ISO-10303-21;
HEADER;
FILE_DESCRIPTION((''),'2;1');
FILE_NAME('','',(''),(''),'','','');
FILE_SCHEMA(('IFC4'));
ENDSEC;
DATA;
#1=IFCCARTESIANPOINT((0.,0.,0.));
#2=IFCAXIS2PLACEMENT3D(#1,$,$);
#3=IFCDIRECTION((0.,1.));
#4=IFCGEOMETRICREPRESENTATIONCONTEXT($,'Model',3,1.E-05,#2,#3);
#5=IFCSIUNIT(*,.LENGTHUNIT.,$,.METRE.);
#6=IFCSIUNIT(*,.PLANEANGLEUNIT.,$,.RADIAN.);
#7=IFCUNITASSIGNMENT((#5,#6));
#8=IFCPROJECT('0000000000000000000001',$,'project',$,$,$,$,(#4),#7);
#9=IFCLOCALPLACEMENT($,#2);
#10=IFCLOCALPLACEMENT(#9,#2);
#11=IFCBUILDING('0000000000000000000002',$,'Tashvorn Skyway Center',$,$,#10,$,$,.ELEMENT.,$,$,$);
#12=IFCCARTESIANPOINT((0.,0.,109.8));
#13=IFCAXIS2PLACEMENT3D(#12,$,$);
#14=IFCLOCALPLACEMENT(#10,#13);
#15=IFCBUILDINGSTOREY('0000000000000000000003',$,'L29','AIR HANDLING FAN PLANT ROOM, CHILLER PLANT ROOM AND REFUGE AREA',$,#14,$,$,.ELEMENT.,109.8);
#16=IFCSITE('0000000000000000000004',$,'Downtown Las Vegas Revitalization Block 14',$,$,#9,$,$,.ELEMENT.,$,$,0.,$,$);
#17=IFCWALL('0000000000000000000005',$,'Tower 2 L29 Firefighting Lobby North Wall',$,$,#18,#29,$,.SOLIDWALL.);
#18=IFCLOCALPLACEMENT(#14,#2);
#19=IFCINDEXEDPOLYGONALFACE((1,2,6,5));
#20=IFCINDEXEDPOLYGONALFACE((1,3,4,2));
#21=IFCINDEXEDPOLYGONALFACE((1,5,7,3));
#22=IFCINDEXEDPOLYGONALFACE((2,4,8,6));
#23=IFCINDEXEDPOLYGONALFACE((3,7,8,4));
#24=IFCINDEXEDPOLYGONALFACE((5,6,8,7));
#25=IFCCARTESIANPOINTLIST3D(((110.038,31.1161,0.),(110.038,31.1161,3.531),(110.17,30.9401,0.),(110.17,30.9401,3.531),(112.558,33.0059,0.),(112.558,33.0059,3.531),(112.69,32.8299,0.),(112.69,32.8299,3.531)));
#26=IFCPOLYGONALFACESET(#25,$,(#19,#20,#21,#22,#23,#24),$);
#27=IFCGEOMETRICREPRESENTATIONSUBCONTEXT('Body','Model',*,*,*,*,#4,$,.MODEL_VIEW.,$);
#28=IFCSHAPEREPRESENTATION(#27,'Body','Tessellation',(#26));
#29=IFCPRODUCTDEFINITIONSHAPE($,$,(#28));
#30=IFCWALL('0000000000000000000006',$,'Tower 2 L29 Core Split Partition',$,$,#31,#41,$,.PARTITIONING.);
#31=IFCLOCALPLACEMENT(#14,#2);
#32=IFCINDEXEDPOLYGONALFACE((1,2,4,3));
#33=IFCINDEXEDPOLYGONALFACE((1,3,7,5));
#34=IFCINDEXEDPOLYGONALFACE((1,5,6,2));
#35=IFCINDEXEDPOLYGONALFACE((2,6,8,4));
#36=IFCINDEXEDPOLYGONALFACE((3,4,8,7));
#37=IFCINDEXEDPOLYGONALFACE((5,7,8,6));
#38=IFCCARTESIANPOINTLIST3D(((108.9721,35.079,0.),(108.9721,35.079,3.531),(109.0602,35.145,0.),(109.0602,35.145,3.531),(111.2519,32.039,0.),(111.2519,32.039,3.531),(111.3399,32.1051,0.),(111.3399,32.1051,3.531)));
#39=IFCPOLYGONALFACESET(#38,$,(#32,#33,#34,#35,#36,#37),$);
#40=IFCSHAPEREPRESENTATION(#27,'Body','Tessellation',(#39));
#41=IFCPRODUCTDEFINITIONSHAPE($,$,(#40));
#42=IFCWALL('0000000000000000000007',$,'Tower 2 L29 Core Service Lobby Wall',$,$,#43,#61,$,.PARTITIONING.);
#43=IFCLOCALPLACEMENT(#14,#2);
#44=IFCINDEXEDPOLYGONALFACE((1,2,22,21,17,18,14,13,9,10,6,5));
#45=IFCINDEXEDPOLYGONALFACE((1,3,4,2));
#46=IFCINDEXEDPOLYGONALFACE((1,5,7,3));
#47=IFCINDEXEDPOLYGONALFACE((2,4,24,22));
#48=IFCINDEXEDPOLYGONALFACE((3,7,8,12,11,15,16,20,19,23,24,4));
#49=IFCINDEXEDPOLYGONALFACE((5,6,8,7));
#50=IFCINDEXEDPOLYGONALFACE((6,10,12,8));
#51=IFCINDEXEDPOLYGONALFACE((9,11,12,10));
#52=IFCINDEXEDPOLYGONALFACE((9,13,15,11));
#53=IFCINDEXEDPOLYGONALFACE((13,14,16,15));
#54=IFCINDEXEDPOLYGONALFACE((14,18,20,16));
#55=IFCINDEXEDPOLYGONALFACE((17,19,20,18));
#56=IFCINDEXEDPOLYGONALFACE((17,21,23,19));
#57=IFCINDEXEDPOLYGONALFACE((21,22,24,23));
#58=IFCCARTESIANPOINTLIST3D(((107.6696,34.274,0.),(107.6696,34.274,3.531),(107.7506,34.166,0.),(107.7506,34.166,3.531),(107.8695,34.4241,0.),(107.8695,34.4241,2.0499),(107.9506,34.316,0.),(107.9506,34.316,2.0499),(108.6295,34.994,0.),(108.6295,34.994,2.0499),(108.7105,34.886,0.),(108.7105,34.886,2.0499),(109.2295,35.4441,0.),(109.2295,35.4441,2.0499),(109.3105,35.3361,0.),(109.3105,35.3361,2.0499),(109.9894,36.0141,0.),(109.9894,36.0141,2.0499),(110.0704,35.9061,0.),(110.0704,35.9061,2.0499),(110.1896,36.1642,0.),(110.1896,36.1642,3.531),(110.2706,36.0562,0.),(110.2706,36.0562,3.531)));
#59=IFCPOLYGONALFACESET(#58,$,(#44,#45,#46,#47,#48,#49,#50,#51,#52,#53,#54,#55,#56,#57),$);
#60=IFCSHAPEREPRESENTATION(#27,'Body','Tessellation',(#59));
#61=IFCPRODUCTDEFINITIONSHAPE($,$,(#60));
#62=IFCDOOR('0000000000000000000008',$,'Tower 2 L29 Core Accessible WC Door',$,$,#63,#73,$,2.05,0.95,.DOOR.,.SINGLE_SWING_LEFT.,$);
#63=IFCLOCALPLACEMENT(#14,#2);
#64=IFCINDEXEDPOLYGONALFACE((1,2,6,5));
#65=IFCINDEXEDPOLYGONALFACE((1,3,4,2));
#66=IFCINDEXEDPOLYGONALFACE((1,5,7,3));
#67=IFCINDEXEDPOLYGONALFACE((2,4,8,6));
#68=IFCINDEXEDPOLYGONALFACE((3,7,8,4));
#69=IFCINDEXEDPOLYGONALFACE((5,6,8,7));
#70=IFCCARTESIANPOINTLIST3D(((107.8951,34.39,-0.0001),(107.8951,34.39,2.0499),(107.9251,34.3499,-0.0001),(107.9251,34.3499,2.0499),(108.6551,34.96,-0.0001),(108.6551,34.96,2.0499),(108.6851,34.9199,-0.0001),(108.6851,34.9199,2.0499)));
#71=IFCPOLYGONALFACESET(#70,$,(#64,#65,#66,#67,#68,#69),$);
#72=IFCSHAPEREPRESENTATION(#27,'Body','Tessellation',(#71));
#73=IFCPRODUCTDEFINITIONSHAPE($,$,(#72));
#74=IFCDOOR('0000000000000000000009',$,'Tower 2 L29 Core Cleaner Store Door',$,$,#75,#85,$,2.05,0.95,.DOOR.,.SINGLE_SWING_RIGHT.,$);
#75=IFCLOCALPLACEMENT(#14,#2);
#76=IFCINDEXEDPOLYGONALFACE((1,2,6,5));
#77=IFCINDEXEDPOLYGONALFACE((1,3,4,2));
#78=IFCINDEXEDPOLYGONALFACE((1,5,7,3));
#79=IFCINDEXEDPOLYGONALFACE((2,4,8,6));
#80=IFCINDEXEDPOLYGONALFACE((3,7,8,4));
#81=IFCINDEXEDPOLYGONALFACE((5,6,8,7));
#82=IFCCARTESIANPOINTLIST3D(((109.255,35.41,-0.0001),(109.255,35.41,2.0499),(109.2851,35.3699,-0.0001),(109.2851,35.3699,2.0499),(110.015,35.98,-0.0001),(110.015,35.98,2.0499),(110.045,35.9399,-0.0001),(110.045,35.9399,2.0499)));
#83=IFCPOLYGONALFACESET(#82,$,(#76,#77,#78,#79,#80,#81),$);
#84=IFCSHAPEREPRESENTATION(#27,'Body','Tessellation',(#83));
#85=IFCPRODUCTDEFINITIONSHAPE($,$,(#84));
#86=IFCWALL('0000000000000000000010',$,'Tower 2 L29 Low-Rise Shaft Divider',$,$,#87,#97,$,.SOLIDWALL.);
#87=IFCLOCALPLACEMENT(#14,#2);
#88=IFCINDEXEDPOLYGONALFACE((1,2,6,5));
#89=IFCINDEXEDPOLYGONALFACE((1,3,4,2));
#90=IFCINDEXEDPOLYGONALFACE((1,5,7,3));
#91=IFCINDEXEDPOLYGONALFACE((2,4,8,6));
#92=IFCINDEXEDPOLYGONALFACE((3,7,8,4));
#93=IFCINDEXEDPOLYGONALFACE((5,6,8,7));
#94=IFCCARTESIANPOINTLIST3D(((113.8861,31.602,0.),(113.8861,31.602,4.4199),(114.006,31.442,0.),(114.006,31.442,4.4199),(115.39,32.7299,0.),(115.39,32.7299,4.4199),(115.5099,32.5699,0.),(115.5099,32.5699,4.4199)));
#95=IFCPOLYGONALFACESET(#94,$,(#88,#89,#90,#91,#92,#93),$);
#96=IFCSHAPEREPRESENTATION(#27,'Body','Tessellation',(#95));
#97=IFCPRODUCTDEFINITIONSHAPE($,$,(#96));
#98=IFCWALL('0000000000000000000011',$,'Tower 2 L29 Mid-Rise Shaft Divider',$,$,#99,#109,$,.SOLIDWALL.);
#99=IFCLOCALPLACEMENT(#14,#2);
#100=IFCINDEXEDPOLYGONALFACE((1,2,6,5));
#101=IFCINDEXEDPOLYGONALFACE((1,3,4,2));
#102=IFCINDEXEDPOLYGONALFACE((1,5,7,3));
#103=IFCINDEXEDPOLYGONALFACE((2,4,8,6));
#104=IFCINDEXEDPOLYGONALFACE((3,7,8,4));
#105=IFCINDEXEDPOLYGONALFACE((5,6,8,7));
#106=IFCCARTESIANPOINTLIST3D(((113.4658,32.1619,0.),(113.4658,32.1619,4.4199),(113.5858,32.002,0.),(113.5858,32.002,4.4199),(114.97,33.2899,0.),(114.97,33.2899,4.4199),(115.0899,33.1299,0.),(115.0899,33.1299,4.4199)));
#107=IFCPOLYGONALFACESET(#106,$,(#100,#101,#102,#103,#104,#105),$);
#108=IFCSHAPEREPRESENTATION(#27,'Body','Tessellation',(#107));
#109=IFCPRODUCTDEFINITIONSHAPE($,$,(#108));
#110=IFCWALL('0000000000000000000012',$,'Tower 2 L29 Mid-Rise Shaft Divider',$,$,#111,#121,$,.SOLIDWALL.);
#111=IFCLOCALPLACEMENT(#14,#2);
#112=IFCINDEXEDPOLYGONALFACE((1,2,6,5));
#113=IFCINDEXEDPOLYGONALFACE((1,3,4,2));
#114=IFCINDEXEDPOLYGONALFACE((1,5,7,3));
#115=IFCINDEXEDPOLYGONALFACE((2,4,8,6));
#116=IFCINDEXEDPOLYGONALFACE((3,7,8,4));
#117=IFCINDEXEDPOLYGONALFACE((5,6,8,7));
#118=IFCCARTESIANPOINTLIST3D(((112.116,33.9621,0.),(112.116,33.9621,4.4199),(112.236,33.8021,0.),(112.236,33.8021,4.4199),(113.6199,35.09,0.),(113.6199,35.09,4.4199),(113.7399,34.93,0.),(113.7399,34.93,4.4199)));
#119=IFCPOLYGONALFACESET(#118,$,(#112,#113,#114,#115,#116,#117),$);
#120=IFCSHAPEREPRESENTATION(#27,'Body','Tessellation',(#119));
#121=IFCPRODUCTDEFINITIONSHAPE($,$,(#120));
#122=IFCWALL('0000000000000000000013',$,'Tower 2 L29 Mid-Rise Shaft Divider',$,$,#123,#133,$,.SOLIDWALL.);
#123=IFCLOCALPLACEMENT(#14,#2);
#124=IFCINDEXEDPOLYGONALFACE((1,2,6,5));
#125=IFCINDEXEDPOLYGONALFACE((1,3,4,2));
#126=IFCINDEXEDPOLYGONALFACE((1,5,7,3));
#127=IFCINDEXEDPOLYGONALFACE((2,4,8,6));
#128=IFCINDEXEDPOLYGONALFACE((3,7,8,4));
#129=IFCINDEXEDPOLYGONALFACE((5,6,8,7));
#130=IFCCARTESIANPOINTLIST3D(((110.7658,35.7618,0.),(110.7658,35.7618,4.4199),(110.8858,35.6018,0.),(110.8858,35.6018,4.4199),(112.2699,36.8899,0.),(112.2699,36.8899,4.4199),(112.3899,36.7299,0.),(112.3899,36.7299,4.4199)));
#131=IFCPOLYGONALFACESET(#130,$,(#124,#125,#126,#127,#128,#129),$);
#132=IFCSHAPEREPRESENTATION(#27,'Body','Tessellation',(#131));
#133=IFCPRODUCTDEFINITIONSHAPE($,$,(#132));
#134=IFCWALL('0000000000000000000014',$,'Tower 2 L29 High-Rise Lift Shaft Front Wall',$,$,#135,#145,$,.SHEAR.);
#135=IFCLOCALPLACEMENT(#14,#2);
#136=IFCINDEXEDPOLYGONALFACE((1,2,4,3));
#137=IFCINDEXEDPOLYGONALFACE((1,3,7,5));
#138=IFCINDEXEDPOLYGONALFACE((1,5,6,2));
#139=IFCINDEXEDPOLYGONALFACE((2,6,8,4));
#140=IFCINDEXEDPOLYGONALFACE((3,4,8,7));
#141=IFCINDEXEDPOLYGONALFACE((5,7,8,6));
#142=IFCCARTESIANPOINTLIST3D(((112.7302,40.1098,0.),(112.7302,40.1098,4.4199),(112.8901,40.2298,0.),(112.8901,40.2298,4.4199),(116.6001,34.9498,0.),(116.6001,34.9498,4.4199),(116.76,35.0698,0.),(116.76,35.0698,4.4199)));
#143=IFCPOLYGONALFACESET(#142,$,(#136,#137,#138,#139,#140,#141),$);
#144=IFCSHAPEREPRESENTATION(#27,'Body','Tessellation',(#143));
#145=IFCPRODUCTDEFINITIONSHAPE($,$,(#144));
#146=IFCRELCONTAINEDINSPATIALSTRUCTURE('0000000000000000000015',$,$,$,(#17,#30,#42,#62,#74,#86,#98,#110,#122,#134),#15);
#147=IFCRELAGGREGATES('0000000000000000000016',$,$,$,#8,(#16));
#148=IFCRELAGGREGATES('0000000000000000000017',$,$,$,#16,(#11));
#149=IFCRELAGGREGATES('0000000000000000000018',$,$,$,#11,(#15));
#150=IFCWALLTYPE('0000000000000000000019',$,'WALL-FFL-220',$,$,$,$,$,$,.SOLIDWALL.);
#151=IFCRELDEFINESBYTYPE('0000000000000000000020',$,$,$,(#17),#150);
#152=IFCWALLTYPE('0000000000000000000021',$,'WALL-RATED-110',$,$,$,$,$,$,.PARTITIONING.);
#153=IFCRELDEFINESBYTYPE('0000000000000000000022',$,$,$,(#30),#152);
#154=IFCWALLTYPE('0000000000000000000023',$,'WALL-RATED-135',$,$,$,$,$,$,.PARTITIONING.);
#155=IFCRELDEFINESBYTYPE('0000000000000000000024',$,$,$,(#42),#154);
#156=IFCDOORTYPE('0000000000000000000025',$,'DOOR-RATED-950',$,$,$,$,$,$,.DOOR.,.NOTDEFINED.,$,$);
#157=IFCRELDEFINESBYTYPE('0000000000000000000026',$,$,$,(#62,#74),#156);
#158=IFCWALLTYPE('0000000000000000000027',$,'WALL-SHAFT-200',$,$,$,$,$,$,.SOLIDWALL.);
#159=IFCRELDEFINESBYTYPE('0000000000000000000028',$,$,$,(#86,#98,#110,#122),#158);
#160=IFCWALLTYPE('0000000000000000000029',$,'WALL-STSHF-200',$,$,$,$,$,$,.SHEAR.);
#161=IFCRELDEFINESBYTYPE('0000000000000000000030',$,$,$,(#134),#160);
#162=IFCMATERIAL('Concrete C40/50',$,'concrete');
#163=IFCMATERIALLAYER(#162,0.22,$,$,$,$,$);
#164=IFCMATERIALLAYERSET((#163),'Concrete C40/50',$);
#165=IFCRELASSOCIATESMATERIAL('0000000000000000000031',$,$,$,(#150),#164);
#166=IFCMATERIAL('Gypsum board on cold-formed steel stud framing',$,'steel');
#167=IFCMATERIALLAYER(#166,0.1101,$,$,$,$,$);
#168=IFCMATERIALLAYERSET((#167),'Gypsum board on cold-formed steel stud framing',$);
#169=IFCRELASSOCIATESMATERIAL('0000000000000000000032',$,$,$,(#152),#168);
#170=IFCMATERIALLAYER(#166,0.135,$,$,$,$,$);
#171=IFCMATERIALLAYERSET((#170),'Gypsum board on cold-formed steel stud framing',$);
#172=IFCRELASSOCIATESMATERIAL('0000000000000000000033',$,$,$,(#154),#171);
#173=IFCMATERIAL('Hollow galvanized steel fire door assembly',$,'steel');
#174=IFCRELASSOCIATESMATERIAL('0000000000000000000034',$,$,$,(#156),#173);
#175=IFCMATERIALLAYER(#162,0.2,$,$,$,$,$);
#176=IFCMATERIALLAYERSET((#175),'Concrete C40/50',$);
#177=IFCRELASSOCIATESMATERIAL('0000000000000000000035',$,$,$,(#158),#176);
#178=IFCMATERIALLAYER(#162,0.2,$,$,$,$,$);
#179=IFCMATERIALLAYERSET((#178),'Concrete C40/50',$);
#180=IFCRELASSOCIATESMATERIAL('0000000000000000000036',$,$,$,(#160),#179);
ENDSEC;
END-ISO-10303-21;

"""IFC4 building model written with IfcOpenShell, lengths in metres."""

from ifc_helpers import new_model, si_unit, direction, frame, frame_2d, origin, place, context, subcontext, project, spatial, rectangle, extrude, material, layer, layer_set, type_object, element, fill, save


model = new_model("IFC4")

# Units and contexts
model_context = context("Model", 3, precision=1e-05, world=origin(), true_north=direction((0.0, 1.0)))
body_context = subcontext(model_context, "Body", "Model", "MODEL_VIEW")
ifc_project = project(units=[si_unit("LENGTHUNIT", "METRE"), si_unit("PLANEANGLEUNIT", "RADIAN")], contexts=[model_context])

# Site, building, storey
site_placement = place(None, origin())
site = spatial("IfcSite", under=ifc_project, at=site_placement, Name="Downtown Las Vegas Revitalization Block 14", CompositionType="ELEMENT", RefElevation=0.0)
building_placement = place(site_placement, origin())
building = spatial("IfcBuilding", under=site, at=building_placement, Name="Tashvorn Skyway Center", CompositionType="ELEMENT")
storey_placement = place(building_placement, frame((0.0, 0.0, 109.8)))
storey = spatial("IfcBuildingStorey", under=building, at=storey_placement, Name="L29", Description="AIR HANDLING FAN PLANT ROOM, CHILLER PLANT ROOM AND REFUGE AREA", CompositionType="ELEMENT", Elevation=109.8)

# Walls
ifc_material_1 = material(Name="Concrete C40/50", Category="concrete")
ifc_layer_1 = layer(ifc_material_1, 0.22)
ifc_layer_set_1 = layer_set([ifc_layer_1], Name="Concrete C40/50")
wall_type_1 = type_object("IfcWallType", Name="WALL-FFL-220", PredefinedType="SOLIDWALL", material=ifc_layer_set_1)
wall_1_placement = place(storey_placement, frame((110.104, 31.0281, 0.0), z_axis=(0.0, 0.0, 1.0), x_axis=(0.800019, 0.599975, 0.0)))
element("IfcWall", 1, at=wall_1_placement, inside=storey, type_object=wall_type_1, Name="Tower 2 L29 Firefighting Lobby North Wall", PredefinedType="SOLIDWALL", context=body_context, shape_type="SweptSolid", body=[
    extrude(rectangle(XDim=3.1499, YDim=0.22, at=frame_2d((1.575, 0.0))), origin(), (0.0, 0.0, 1.0), 3.531),
])
ifc_material_2 = material(Name="Gypsum board on cold-formed steel stud framing", Category="steel")
ifc_layer_2 = layer(ifc_material_2, 0.1101)
ifc_layer_set_2 = layer_set([ifc_layer_2], Name="Gypsum board on cold-formed steel stud framing")
wall_type_2 = type_object("IfcWallType", Name="WALL-RATED-110", PredefinedType="PARTITIONING", material=ifc_layer_set_2)
wall_2_placement = place(storey_placement, frame((111.2959, 32.072, 0.0), z_axis=(0.0, 0.0, 1.0), x_axis=(-0.599959, 0.800031, 0.0)))
element("IfcWall", 2, at=wall_2_placement, inside=storey, type_object=wall_type_2, Name="Tower 2 L29 Core Split Partition", PredefinedType="PARTITIONING", context=body_context, shape_type="SweptSolid", body=[
    extrude(rectangle(XDim=3.7998, YDim=0.1101, at=frame_2d((1.8999, 0.0))), origin(), (0.0, 0.0, 1.0), 3.531),
])

# Wall, openings, doors
ifc_layer_3 = layer(ifc_material_2, 0.135)
ifc_layer_set_3 = layer_set([ifc_layer_3], Name="Gypsum board on cold-formed steel stud framing")
wall_type_3 = type_object("IfcWallType", Name="WALL-RATED-135", PredefinedType="PARTITIONING", material=ifc_layer_set_3)
wall_3_placement = place(storey_placement, frame((107.71, 34.22, 0.0), z_axis=(0.0, 0.0, 1.0), x_axis=(0.799981, 0.600025, 0.0)))
wall_3 = element("IfcWall", 3, at=wall_3_placement, inside=storey, type_object=wall_type_3, Name="Tower 2 L29 Core Service Lobby Wall", PredefinedType="PARTITIONING", context=body_context, shape_type="SweptSolid", body=[
    extrude(rectangle(XDim=3.1501, YDim=0.135, at=frame_2d((1.5752, 0.0))), origin(), (0.0, 0.0, 1.0), 3.531),
])
opening_1_placement = place(wall_3_placement, frame((0.25, 0.0, 0.0)))
opening_1 = element("IfcOpeningElement", 4, at=opening_1_placement, cuts=wall_3, PredefinedType="OPENING", context=body_context, shape_type="SweptSolid", body=[
    extrude(rectangle(XDim=0.95, YDim=2.05, at=frame_2d((0.4751, 1.0249))), frame((0.0, 0.0774, 0.0), z_axis=(0.0, -1.0, 0.0), x_axis=(1.0, 0.0, 0.0)), (0.0, 0.0, 1.0), 0.155),
])
opening_2_placement = place(wall_3_placement, frame((1.95, 0.0, 0.0)))
opening_2 = element("IfcOpeningElement", 5, at=opening_2_placement, cuts=wall_3, PredefinedType="OPENING", context=body_context, shape_type="SweptSolid", body=[
    extrude(rectangle(XDim=0.95, YDim=2.05, at=frame_2d((0.4751, 1.0249))), frame((0.0, 0.0774, 0.0), z_axis=(0.0, -1.0, 0.0), x_axis=(1.0, 0.0, 0.0)), (0.0, 0.0, 1.0), 0.155),
])
ifc_material_3 = material(Name="Hollow galvanized steel fire door assembly", Category="steel")
door_type = type_object("IfcDoorType", Name="DOOR-RATED-950", OperationType="NOTDEFINED", PredefinedType="DOOR", material=ifc_material_3)
door_1_placement = place(opening_1_placement, origin())
door_1 = element("IfcDoor", 6, at=door_1_placement, inside=storey, type_object=door_type, Name="Tower 2 L29 Core Accessible WC Door", OperationType="SINGLE_SWING_LEFT", OverallHeight=2.05, OverallWidth=0.95, PredefinedType="DOOR", context=body_context, shape_type="SweptSolid", body=[
    extrude(rectangle(XDim=0.95, YDim=2.05, at=frame_2d((0.4751, 1.0249))), frame((0.0, 0.0249, 0.0), z_axis=(0.0, -1.0, 0.0), x_axis=(1.0, 0.0, 0.0)), (0.0, 0.0, 1.0), 0.05),
])
fill(opening_1, door_1)
door_2_placement = place(opening_2_placement, origin())
door_2 = element("IfcDoor", 7, at=door_2_placement, inside=storey, type_object=door_type, Name="Tower 2 L29 Core Cleaner Store Door", OperationType="SINGLE_SWING_RIGHT", OverallHeight=2.05, OverallWidth=0.95, PredefinedType="DOOR", context=body_context, shape_type="SweptSolid", body=[
    extrude(rectangle(XDim=0.95, YDim=2.05, at=frame_2d((0.4751, 1.0249))), frame((0.0, 0.0249, 0.0), z_axis=(0.0, -1.0, 0.0), x_axis=(1.0, 0.0, 0.0)), (0.0, 0.0, 1.0), 0.05),
])
fill(opening_2, door_2)

# Walls
ifc_layer_4 = layer(ifc_material_1, 0.2)
ifc_layer_set_4 = layer_set([ifc_layer_4], Name="Concrete C40/50")
wall_type_4 = type_object("IfcWallType", Name="WALL-SHAFT-200", PredefinedType="SOLIDWALL", material=ifc_layer_set_4)
wall_4_placement = place(storey_placement, frame((113.946, 31.522, 0.0), z_axis=(0.0, 0.0, 1.0), x_axis=(0.8, 0.6, 0.0)))
element("IfcWall", 8, at=wall_4_placement, inside=storey, type_object=wall_type_4, Name="Tower 2 L29 Low-Rise Shaft Divider", PredefinedType="SOLIDWALL", context=body_context, shape_type="SweptSolid", body=[
    extrude(rectangle(XDim=1.8799, YDim=0.2, at=frame_2d((0.9399, 0.0))), origin(), (0.0, 0.0, 1.0), 4.4199),
])
wall_5_placement = place(storey_placement, frame((113.5259, 32.082, 0.0), z_axis=(0.0, 0.0, 1.0), x_axis=(0.800047, 0.599938, 0.0)))
element("IfcWall", 9, at=wall_5_placement, inside=storey, type_object=wall_type_4, Name="Tower 2 L29 Mid-Rise Shaft Divider", PredefinedType="SOLIDWALL", context=body_context, shape_type="SweptSolid", body=[
    extrude(rectangle(XDim=1.8801, YDim=0.2, at=frame_2d((0.9399, 0.0))), origin(), (0.0, 0.0, 1.0), 4.4199),
])
wall_6_placement = place(storey_placement, frame((112.176, 33.8821, 0.0), z_axis=(0.0, 0.0, 1.0), x_axis=(0.8, 0.6, 0.0)))
element("IfcWall", 10, at=wall_6_placement, inside=storey, type_object=wall_type_4, Name="Tower 2 L29 Mid-Rise Shaft Divider", PredefinedType="SOLIDWALL", context=body_context, shape_type="SweptSolid", body=[
    extrude(rectangle(XDim=1.8799, YDim=0.2, at=frame_2d((0.9399, 0.0))), origin(), (0.0, 0.0, 1.0), 4.4199),
])
wall_7_placement = place(storey_placement, frame((110.8259, 35.6819, 0.0), z_axis=(0.0, 0.0, 1.0), x_axis=(0.799984, 0.600021, 0.0)))
element("IfcWall", 11, at=wall_7_placement, inside=storey, type_object=wall_type_4, Name="Tower 2 L29 Mid-Rise Shaft Divider", PredefinedType="SOLIDWALL", context=body_context, shape_type="SweptSolid", body=[
    extrude(rectangle(XDim=1.8801, YDim=0.2, at=frame_2d((0.9399, 0.0))), origin(), (0.0, 0.0, 1.0), 4.4199),
])
ifc_layer_5 = layer(ifc_material_1, 0.2)
ifc_layer_set_5 = layer_set([ifc_layer_5], Name="Concrete C40/50")
wall_type_5 = type_object("IfcWallType", Name="WALL-STSHF-200", PredefinedType="SHEAR", material=ifc_layer_set_5)
wall_8_placement = place(storey_placement, frame((112.8101, 40.1699, 0.0), z_axis=(0.0, 0.0, 1.0), x_axis=(0.599994, -0.800005, 0.0)))
element("IfcWall", 12, at=wall_8_placement, inside=storey, type_object=wall_type_5, Name="Tower 2 L29 High-Rise Lift Shaft Front Wall", PredefinedType="SHEAR", context=body_context, shape_type="SweptSolid", body=[
    extrude(rectangle(XDim=6.45, YDim=0.2, at=frame_2d((3.2251, 0.0))), origin(), (0.0, 0.0, 1.0), 4.4199),
])

save(model, "model.ifc")
